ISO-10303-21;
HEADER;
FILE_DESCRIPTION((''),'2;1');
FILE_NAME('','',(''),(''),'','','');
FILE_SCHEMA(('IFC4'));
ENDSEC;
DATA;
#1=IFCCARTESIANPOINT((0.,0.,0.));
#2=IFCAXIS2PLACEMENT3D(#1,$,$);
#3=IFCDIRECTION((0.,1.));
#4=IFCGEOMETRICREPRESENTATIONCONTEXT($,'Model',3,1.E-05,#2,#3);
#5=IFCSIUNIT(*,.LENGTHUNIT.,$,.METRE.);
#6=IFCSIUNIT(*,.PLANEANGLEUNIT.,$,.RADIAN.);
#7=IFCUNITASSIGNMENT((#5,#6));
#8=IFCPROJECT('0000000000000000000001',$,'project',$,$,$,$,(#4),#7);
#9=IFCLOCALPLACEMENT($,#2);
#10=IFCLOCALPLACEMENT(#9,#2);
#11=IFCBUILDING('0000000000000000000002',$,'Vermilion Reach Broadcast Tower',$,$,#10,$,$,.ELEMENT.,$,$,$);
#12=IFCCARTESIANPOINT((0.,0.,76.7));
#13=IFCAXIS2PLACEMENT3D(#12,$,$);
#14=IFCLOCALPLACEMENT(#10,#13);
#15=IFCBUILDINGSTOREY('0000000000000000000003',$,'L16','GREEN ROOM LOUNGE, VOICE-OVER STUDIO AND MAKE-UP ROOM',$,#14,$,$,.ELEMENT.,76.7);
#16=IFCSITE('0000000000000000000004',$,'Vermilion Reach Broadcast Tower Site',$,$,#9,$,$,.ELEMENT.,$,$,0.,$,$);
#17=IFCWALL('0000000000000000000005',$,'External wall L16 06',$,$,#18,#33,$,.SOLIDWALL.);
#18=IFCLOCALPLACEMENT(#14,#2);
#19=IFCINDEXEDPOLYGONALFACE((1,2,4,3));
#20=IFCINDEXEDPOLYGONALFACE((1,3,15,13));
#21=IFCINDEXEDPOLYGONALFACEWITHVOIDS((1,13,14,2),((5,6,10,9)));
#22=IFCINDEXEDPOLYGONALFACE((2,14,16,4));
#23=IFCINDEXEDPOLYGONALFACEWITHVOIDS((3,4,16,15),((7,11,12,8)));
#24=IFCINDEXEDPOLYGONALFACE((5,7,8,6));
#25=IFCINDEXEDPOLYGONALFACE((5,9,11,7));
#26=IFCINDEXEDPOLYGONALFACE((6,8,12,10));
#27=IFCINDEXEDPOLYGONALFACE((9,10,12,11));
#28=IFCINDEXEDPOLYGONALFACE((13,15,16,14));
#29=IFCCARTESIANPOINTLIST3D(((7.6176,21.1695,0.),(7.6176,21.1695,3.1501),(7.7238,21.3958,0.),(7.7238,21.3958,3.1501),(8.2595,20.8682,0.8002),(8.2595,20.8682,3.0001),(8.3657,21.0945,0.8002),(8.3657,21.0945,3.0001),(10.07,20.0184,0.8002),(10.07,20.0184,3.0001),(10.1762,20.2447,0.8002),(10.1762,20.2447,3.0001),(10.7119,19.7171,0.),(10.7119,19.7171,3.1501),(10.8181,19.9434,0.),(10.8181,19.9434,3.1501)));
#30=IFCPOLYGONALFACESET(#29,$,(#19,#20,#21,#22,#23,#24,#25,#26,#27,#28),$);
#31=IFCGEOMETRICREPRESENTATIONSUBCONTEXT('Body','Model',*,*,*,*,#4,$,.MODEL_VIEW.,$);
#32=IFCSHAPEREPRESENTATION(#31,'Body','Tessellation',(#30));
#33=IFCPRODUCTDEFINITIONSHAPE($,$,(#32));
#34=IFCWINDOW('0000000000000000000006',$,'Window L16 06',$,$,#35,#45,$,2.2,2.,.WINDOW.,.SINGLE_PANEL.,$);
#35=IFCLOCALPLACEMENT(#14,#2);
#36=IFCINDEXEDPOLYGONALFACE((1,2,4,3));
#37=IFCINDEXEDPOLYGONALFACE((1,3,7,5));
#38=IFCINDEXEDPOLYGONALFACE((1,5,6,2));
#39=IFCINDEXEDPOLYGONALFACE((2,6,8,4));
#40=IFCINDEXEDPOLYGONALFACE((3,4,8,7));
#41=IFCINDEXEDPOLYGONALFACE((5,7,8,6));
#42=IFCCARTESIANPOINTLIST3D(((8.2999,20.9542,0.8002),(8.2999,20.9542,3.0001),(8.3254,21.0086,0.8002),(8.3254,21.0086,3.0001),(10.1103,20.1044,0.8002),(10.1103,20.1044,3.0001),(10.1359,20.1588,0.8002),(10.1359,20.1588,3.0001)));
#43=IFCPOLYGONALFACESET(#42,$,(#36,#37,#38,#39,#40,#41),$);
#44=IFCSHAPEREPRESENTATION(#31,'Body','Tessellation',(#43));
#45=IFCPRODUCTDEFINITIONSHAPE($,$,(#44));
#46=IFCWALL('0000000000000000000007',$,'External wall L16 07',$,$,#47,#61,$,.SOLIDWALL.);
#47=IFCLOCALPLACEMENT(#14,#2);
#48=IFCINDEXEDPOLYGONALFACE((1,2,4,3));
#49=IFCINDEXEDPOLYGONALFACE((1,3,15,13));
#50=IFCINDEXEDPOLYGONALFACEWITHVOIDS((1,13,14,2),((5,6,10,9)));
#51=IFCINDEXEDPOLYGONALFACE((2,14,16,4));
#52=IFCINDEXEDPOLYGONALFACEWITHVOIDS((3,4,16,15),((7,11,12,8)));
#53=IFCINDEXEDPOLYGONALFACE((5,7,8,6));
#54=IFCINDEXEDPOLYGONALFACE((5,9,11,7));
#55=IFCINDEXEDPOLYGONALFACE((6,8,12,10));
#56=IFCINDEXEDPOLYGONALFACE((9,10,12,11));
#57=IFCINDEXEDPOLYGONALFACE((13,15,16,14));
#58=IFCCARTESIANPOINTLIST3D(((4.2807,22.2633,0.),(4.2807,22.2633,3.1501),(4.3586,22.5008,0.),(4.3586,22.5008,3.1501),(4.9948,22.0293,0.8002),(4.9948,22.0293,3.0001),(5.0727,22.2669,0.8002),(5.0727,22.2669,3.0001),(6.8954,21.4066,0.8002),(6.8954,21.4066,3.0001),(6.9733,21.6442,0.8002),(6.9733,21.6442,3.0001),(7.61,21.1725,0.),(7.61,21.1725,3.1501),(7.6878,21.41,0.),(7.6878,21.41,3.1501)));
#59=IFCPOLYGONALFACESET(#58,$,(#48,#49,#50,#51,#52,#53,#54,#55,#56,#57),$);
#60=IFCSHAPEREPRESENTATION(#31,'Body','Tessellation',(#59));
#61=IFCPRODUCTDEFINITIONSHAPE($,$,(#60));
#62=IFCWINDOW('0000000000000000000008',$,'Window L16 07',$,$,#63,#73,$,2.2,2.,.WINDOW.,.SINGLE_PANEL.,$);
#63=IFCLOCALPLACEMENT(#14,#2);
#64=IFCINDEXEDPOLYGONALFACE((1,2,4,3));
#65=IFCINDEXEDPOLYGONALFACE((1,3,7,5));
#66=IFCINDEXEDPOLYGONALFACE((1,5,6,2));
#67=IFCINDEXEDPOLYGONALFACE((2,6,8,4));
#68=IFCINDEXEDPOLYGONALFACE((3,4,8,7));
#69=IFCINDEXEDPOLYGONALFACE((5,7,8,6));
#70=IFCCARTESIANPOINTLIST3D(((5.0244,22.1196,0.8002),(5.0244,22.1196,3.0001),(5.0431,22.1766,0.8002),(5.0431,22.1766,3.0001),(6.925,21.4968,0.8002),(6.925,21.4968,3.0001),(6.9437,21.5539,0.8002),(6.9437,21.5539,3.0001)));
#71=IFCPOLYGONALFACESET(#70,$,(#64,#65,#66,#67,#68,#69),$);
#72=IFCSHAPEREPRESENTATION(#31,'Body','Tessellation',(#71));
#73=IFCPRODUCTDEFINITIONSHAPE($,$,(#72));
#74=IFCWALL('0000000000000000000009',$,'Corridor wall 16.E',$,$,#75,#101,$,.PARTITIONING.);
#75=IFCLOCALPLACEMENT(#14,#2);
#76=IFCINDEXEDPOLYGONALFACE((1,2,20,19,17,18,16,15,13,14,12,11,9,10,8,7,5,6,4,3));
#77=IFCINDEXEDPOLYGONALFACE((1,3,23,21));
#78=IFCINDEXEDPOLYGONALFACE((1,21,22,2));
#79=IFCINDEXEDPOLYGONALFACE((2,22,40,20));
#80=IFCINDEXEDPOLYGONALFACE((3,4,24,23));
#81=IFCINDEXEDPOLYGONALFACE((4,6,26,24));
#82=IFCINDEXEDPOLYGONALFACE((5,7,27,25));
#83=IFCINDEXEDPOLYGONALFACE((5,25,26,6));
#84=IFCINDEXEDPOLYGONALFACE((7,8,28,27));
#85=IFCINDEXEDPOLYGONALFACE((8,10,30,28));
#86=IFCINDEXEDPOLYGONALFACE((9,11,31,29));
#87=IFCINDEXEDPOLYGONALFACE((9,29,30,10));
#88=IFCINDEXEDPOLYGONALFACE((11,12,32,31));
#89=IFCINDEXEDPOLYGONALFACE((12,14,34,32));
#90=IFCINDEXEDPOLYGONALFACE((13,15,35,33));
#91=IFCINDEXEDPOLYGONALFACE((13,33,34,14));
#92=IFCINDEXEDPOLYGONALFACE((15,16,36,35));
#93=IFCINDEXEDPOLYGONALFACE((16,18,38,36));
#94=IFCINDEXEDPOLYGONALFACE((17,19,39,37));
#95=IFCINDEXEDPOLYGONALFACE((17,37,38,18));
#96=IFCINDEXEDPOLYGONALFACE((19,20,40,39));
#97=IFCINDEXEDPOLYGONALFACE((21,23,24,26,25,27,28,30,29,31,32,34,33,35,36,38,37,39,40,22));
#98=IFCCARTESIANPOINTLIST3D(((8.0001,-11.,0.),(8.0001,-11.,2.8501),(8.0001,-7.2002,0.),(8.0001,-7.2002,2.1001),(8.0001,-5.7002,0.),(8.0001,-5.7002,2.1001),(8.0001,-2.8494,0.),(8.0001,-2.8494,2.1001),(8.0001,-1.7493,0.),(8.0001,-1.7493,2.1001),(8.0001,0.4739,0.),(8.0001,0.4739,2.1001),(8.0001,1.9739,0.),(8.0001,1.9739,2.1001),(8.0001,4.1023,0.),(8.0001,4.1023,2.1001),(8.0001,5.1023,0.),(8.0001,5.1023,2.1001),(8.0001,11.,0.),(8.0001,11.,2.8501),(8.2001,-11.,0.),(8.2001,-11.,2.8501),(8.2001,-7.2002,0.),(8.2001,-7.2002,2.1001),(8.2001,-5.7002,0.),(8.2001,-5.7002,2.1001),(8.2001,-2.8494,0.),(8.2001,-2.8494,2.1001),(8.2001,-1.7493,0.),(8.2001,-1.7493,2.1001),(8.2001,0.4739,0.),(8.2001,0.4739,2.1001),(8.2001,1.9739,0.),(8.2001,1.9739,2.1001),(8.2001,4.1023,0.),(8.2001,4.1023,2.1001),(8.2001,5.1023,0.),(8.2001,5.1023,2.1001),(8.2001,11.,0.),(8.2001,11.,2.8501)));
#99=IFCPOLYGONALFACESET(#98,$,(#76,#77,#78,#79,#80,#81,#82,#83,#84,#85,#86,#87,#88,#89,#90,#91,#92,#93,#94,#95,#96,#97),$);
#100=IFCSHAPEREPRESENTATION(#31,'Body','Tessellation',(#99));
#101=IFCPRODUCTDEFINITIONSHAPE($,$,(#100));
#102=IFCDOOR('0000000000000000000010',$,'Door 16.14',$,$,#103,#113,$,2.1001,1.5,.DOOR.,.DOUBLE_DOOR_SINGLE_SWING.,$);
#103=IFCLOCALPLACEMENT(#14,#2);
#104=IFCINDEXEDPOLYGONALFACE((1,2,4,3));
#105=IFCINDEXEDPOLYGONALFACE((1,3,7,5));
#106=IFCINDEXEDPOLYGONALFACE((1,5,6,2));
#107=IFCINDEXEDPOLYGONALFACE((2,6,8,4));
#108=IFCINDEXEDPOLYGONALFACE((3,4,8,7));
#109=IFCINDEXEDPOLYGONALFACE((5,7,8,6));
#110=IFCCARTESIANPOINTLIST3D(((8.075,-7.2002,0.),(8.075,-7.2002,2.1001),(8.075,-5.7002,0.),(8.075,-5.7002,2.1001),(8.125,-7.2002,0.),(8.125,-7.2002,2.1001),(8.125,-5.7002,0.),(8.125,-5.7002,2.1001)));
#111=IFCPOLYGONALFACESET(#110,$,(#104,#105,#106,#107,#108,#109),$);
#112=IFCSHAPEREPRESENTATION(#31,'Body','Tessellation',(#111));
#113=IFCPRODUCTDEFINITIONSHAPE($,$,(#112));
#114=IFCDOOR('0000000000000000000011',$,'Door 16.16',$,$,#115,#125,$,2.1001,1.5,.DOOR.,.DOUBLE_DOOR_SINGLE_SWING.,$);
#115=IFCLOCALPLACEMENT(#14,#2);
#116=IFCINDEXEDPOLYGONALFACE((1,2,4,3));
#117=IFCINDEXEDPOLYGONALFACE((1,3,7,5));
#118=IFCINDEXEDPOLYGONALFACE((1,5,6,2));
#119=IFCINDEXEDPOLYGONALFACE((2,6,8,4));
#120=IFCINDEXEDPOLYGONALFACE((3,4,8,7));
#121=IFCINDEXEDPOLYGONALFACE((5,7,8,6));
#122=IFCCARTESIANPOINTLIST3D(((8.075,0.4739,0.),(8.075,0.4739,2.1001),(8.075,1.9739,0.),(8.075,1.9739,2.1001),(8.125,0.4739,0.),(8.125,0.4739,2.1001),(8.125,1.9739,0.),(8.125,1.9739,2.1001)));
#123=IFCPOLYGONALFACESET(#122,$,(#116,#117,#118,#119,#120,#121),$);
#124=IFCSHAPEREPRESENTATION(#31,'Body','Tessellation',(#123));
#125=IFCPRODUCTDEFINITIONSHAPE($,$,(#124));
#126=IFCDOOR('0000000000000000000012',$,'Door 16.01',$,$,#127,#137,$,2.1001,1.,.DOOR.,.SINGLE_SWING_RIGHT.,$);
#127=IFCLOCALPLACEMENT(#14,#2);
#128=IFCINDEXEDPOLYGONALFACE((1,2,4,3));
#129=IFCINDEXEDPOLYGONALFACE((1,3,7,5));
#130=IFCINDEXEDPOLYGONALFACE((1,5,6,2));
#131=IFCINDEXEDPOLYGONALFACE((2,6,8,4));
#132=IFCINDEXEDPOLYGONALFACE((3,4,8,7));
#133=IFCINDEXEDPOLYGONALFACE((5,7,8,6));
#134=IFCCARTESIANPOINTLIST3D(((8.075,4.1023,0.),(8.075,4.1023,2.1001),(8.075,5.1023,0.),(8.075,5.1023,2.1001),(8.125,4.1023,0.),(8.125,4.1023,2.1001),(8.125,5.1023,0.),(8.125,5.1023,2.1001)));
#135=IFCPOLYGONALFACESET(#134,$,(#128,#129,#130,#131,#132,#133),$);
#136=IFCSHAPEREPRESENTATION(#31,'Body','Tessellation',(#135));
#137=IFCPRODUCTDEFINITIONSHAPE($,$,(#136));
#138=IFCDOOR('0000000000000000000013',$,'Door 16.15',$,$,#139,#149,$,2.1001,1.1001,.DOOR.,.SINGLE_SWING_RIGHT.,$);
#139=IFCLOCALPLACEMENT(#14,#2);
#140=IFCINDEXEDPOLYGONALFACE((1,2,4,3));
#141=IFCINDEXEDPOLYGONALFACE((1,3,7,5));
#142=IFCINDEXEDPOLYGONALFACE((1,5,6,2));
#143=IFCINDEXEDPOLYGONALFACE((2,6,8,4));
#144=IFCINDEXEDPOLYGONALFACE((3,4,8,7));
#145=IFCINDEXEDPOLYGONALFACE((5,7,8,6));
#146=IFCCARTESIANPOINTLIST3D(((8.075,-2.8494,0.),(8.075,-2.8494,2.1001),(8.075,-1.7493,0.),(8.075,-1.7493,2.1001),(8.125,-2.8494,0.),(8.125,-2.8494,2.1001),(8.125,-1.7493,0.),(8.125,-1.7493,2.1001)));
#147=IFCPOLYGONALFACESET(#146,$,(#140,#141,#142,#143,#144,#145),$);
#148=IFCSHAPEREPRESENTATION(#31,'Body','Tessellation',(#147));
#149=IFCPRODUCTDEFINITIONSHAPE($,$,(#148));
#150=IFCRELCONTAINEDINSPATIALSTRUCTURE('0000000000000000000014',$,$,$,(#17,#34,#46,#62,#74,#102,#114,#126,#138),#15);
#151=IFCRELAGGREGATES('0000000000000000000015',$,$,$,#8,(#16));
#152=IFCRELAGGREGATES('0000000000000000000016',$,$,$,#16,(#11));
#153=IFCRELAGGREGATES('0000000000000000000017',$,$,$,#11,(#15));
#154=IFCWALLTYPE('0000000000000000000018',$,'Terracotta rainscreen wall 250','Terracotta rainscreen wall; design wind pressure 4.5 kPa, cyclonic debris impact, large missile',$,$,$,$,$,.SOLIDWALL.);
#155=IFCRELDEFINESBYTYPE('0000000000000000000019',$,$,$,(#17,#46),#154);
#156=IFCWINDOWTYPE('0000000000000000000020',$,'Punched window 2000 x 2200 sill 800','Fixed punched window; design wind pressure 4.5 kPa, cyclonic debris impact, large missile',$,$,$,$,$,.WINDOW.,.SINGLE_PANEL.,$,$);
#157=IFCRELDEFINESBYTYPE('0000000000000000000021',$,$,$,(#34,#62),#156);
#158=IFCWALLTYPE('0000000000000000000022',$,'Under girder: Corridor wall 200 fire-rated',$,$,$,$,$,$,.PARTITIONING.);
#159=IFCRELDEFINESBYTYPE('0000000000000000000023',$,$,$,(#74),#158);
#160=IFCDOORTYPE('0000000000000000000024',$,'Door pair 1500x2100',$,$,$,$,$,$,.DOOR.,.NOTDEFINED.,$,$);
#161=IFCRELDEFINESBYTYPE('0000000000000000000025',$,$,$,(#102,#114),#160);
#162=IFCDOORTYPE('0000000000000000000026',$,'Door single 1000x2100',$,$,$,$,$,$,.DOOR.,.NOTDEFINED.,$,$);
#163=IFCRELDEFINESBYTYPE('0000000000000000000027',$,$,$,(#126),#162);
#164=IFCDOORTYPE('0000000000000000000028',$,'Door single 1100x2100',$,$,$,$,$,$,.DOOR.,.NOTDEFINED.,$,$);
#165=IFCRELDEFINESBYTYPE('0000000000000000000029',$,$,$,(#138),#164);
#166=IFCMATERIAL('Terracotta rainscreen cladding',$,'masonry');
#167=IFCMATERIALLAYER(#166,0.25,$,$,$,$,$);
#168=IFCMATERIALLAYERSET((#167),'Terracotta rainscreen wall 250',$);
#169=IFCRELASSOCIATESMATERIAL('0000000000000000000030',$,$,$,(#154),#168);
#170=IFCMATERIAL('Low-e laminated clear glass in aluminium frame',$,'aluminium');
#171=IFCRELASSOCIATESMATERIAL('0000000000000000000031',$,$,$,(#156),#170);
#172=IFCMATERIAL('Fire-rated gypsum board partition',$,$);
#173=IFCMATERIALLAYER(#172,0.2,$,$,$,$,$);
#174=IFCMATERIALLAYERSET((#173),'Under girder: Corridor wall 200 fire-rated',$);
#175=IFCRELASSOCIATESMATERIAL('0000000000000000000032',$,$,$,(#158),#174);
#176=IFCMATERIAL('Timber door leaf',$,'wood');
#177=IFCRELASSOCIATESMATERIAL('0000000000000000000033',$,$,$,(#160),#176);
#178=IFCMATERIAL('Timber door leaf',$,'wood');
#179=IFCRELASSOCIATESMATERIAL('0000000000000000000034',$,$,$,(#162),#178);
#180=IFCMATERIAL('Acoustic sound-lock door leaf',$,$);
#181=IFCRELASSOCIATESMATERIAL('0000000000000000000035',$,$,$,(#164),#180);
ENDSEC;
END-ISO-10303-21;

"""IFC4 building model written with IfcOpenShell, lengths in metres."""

from ifc_helpers import new_model, si_unit, direction, frame, frame_2d, origin, place, context, subcontext, project, spatial, rectangle, extrude, material, layer, layer_set, type_object, element, fill, save


model = new_model("IFC4")

# Units and contexts
model_context = context("Model", 3, precision=1e-05, world=origin(), true_north=direction((0.0, 1.0)))
body_context = subcontext(model_context, "Body", "Model", "MODEL_VIEW")
ifc_project = project(units=[si_unit("LENGTHUNIT", "METRE"), si_unit("PLANEANGLEUNIT", "RADIAN")], contexts=[model_context])

# Site, building, storey
site_placement = place(None, origin())
site = spatial("IfcSite", under=ifc_project, at=site_placement, Name="Vermilion Reach Broadcast Tower Site", CompositionType="ELEMENT", RefElevation=0.0)
building_placement = place(site_placement, origin())
building = spatial("IfcBuilding", under=site, at=building_placement, Name="Vermilion Reach Broadcast Tower", CompositionType="ELEMENT")
storey_placement = place(building_placement, frame((0.0, 0.0, 76.7)))
storey = spatial("IfcBuildingStorey", under=building, at=storey_placement, Name="L16", Description="GREEN ROOM LOUNGE, VOICE-OVER STUDIO AND MAKE-UP ROOM", CompositionType="ELEMENT", Elevation=76.7)

# Shared definitions
ifc_material_1 = material(Name="Terracotta rainscreen cladding", Category="masonry")
ifc_layer_1 = layer(ifc_material_1, 0.25)
ifc_layer_set_1 = layer_set([ifc_layer_1], Name="Terracotta rainscreen wall 250")
wall_type_1 = type_object("IfcWallType", Name="Terracotta rainscreen wall 250", Description="Terracotta rainscreen wall; design wind pressure 4.5 kPa, cyclonic debris impact, large missile", PredefinedType="SOLIDWALL", material=ifc_layer_set_1)

# Walls, openings, windows
ifc_material_2 = material(Name="Low-e laminated clear glass in aluminium frame", Category="aluminium")
window_type = type_object("IfcWindowType", Name="Punched window 2000 x 2200 sill 800", Description="Fixed punched window; design wind pressure 4.5 kPa, cyclonic debris impact, large missile", PartitioningType="SINGLE_PANEL", PredefinedType="WINDOW", material=ifc_material_2)
wall_1_placement = place(storey_placement, frame((10.7649, 19.8303, 0.0), z_axis=(0.0, 0.0, 1.0), x_axis=(-0.905238, 0.424906, 0.0)))
wall_1 = element("IfcWall", 1, at=wall_1_placement, inside=storey, type_object=wall_type_1, Name="External wall L16 06", PredefinedType="SOLIDWALL", context=body_context, shape_type="SweptSolid", body=[
    extrude(rectangle(XDim=3.4182, YDim=0.25, at=frame_2d((1.709, 0.0))), origin(), (0.0, 0.0, 1.0), 3.1501),
])
opening_1_placement = place(wall_1_placement, frame((0.709, 0.0, 0.8)))
opening_1 = element("IfcOpeningElement", 2, at=opening_1_placement, cuts=wall_1, PredefinedType="OPENING", context=body_context, shape_type="SweptSolid", body=[
    extrude(rectangle(XDim=2.0, YDim=2.2, at=frame_2d((1.0, 1.1001))), frame((0.0, 0.135, 0.0), z_axis=(0.0, -1.0, 0.0), x_axis=(1.0, 0.0, 0.0)), (0.0, 0.0, 1.0), 0.27),
])
window_1_placement = place(opening_1_placement, origin())
window_1 = element("IfcWindow", 3, at=window_1_placement, inside=storey, type_object=window_type, Name="Window L16 06", OverallHeight=2.2, OverallWidth=2.0, PartitioningType="SINGLE_PANEL", PredefinedType="WINDOW", context=body_context, shape_type="SweptSolid", body=[
    extrude(rectangle(XDim=2.0, YDim=2.2, at=frame_2d((1.0, 1.1001))), frame((0.0, 0.03, 0.0), z_axis=(0.0, -1.0, 0.0), x_axis=(1.0, 0.0, 0.0)), (0.0, 0.0, 1.0), 0.0601),
])
fill(opening_1, window_1)
wall_2_placement = place(storey_placement, frame((7.6489, 21.2913, 0.0), z_axis=(0.0, 0.0, 1.0), x_axis=(-0.950294, 0.311353, 0.0)))
wall_2 = element("IfcWall", 4, at=wall_2_placement, inside=storey, type_object=wall_type_1, Name="External wall L16 07", PredefinedType="SOLIDWALL", context=body_context, shape_type="SweptSolid", body=[
    extrude(rectangle(XDim=3.5034, YDim=0.25, at=frame_2d((1.7517, 0.0))), origin(), (0.0, 0.0, 1.0), 3.1501),
])
opening_2_placement = place(wall_2_placement, frame((0.752, 0.0, 0.8)))
opening_2 = element("IfcOpeningElement", 5, at=opening_2_placement, cuts=wall_2, PredefinedType="OPENING", context=body_context, shape_type="SweptSolid", body=[
    extrude(rectangle(XDim=2.0, YDim=2.2, at=frame_2d((1.0, 1.1001))), frame((0.0, 0.135, 0.0), z_axis=(0.0, -1.0, 0.0), x_axis=(1.0, 0.0, 0.0)), (0.0, 0.0, 1.0), 0.27),
])
window_2_placement = place(opening_2_placement, origin())
window_2 = element("IfcWindow", 6, at=window_2_placement, inside=storey, type_object=window_type, Name="Window L16 07", OverallHeight=2.2, OverallWidth=2.0, PartitioningType="SINGLE_PANEL", PredefinedType="WINDOW", context=body_context, shape_type="SweptSolid", body=[
    extrude(rectangle(XDim=2.0, YDim=2.2, at=frame_2d((1.0, 1.1001))), frame((0.0, 0.03, 0.0), z_axis=(0.0, -1.0, 0.0), x_axis=(1.0, 0.0, 0.0)), (0.0, 0.0, 1.0), 0.0601),
])
fill(opening_2, window_2)

# Wall, openings, doors
ifc_material_3 = material(Name="Fire-rated gypsum board partition")
ifc_layer_2 = layer(ifc_material_3, 0.2)
ifc_layer_set_2 = layer_set([ifc_layer_2], Name="Under girder: Corridor wall 200 fire-rated")
wall_type_2 = type_object("IfcWallType", Name="Under girder: Corridor wall 200 fire-rated", PredefinedType="PARTITIONING", material=ifc_layer_set_2)
wall_3_placement = place(storey_placement, frame((8.1001, 11.0, 0.0), z_axis=(0.0, 0.0, 1.0), x_axis=(0.0, -1.0, 0.0)))
wall_3 = element("IfcWall", 7, at=wall_3_placement, inside=storey, type_object=wall_type_2, Name="Corridor wall 16.E", PredefinedType="PARTITIONING", context=body_context, shape_type="SweptSolid", body=[
    extrude(rectangle(XDim=22.0, YDim=0.2, at=frame_2d((11.0, 0.0))), origin(), (0.0, 0.0, 1.0), 2.8501),
])
opening_3_placement = place(wall_3_placement, frame((5.8977, 0.0, 0.0)))
opening_3 = element("IfcOpeningElement", 8, at=opening_3_placement, cuts=wall_3, PredefinedType="OPENING", context=body_context, shape_type="SweptSolid", body=[
    extrude(rectangle(XDim=1.0, YDim=2.1001, at=frame_2d((0.5, 1.05))), frame((0.0, 0.1099, 0.0), z_axis=(0.0, -1.0, 0.0), x_axis=(1.0, 0.0, 0.0)), (0.0, 0.0, 1.0), 0.22),
])
opening_4_placement = place(wall_3_placement, frame((16.7002, 0.0, 0.0)))
opening_4 = element("IfcOpeningElement", 9, at=opening_4_placement, cuts=wall_3, PredefinedType="OPENING", context=body_context, shape_type="SweptSolid", body=[
    extrude(rectangle(XDim=1.5, YDim=2.1001, at=frame_2d((0.75, 1.05))), frame((0.0, 0.1099, 0.0), z_axis=(0.0, -1.0, 0.0), x_axis=(1.0, 0.0, 0.0)), (0.0, 0.0, 1.0), 0.22),
])
opening_5_placement = place(wall_3_placement, frame((12.7493, 0.0, 0.0)))
opening_5 = element("IfcOpeningElement", 10, at=opening_5_placement, cuts=wall_3, PredefinedType="OPENING", context=body_context, shape_type="SweptSolid", body=[
    extrude(rectangle(XDim=1.1001, YDim=2.1001, at=frame_2d((0.55, 1.05))), frame((0.0, 0.1099, 0.0), z_axis=(0.0, -1.0, 0.0), x_axis=(1.0, 0.0, 0.0)), (0.0, 0.0, 1.0), 0.22),
])
opening_6_placement = place(wall_3_placement, frame((9.0261, 0.0, 0.0)))
opening_6 = element("IfcOpeningElement", 11, at=opening_6_placement, cuts=wall_3, PredefinedType="OPENING", context=body_context, shape_type="SweptSolid", body=[
    extrude(rectangle(XDim=1.5, YDim=2.1001, at=frame_2d((0.75, 1.05))), frame((0.0, 0.1099, 0.0), z_axis=(0.0, -1.0, 0.0), x_axis=(1.0, 0.0, 0.0)), (0.0, 0.0, 1.0), 0.22),
])
ifc_material_4 = material(Name="Timber door leaf", Category="wood")
door_type_1 = type_object("IfcDoorType", Name="Door pair 1500x2100", OperationType="NOTDEFINED", PredefinedType="DOOR", material=ifc_material_4)
door_1_placement = place(opening_4_placement, origin())
door_1 = element("IfcDoor", 12, at=door_1_placement, inside=storey, type_object=door_type_1, Name="Door 16.14", OperationType="DOUBLE_DOOR_SINGLE_SWING", OverallHeight=2.1001, OverallWidth=1.5, PredefinedType="DOOR", context=body_context, shape_type="SweptSolid", body=[
    extrude(rectangle(XDim=1.5, YDim=2.1001, at=frame_2d((0.75, 1.05))), frame((0.0, 0.0249, 0.0), z_axis=(0.0, -1.0, 0.0), x_axis=(1.0, 0.0, 0.0)), (0.0, 0.0, 1.0), 0.05),
])
fill(opening_4, door_1)
door_2_placement = place(opening_6_placement, origin())
door_2 = element("IfcDoor", 13, at=door_2_placement, inside=storey, type_object=door_type_1, Name="Door 16.16", OperationType="DOUBLE_DOOR_SINGLE_SWING", OverallHeight=2.1001, OverallWidth=1.5, PredefinedType="DOOR", context=body_context, shape_type="SweptSolid", body=[
    extrude(rectangle(XDim=1.5, YDim=2.1001, at=frame_2d((0.75, 1.05))), frame((0.0, 0.0249, 0.0), z_axis=(0.0, -1.0, 0.0), x_axis=(1.0, 0.0, 0.0)), (0.0, 0.0, 1.0), 0.05),
])
fill(opening_6, door_2)
ifc_material_5 = material(Name="Timber door leaf", Category="wood")
door_type_2 = type_object("IfcDoorType", Name="Door single 1000x2100", OperationType="NOTDEFINED", PredefinedType="DOOR", material=ifc_material_5)
door_3_placement = place(opening_3_placement, origin())
door_3 = element("IfcDoor", 14, at=door_3_placement, inside=storey, type_object=door_type_2, Name="Door 16.01", OperationType="SINGLE_SWING_RIGHT", OverallHeight=2.1001, OverallWidth=1.0, PredefinedType="DOOR", context=body_context, shape_type="SweptSolid", body=[
    extrude(rectangle(XDim=1.0, YDim=2.1001, at=frame_2d((0.5, 1.05))), frame((0.0, 0.0249, 0.0), z_axis=(0.0, -1.0, 0.0), x_axis=(1.0, 0.0, 0.0)), (0.0, 0.0, 1.0), 0.05),
])
fill(opening_3, door_3)
ifc_material_6 = material(Name="Acoustic sound-lock door leaf")
door_type_3 = type_object("IfcDoorType", Name="Door single 1100x2100", OperationType="NOTDEFINED", PredefinedType="DOOR", material=ifc_material_6)
door_4_placement = place(opening_5_placement, origin())
door_4 = element("IfcDoor", 15, at=door_4_placement, inside=storey, type_object=door_type_3, Name="Door 16.15", OperationType="SINGLE_SWING_RIGHT", OverallHeight=2.1001, OverallWidth=1.1001, PredefinedType="DOOR", context=body_context, shape_type="SweptSolid", body=[
    extrude(rectangle(XDim=1.1001, YDim=2.1001, at=frame_2d((0.55, 1.05))), frame((0.0, 0.0249, 0.0), z_axis=(0.0, -1.0, 0.0), x_axis=(1.0, 0.0, 0.0)), (0.0, 0.0, 1.0), 0.05),
])
fill(opening_5, door_4)

save(model, "model.ifc")
